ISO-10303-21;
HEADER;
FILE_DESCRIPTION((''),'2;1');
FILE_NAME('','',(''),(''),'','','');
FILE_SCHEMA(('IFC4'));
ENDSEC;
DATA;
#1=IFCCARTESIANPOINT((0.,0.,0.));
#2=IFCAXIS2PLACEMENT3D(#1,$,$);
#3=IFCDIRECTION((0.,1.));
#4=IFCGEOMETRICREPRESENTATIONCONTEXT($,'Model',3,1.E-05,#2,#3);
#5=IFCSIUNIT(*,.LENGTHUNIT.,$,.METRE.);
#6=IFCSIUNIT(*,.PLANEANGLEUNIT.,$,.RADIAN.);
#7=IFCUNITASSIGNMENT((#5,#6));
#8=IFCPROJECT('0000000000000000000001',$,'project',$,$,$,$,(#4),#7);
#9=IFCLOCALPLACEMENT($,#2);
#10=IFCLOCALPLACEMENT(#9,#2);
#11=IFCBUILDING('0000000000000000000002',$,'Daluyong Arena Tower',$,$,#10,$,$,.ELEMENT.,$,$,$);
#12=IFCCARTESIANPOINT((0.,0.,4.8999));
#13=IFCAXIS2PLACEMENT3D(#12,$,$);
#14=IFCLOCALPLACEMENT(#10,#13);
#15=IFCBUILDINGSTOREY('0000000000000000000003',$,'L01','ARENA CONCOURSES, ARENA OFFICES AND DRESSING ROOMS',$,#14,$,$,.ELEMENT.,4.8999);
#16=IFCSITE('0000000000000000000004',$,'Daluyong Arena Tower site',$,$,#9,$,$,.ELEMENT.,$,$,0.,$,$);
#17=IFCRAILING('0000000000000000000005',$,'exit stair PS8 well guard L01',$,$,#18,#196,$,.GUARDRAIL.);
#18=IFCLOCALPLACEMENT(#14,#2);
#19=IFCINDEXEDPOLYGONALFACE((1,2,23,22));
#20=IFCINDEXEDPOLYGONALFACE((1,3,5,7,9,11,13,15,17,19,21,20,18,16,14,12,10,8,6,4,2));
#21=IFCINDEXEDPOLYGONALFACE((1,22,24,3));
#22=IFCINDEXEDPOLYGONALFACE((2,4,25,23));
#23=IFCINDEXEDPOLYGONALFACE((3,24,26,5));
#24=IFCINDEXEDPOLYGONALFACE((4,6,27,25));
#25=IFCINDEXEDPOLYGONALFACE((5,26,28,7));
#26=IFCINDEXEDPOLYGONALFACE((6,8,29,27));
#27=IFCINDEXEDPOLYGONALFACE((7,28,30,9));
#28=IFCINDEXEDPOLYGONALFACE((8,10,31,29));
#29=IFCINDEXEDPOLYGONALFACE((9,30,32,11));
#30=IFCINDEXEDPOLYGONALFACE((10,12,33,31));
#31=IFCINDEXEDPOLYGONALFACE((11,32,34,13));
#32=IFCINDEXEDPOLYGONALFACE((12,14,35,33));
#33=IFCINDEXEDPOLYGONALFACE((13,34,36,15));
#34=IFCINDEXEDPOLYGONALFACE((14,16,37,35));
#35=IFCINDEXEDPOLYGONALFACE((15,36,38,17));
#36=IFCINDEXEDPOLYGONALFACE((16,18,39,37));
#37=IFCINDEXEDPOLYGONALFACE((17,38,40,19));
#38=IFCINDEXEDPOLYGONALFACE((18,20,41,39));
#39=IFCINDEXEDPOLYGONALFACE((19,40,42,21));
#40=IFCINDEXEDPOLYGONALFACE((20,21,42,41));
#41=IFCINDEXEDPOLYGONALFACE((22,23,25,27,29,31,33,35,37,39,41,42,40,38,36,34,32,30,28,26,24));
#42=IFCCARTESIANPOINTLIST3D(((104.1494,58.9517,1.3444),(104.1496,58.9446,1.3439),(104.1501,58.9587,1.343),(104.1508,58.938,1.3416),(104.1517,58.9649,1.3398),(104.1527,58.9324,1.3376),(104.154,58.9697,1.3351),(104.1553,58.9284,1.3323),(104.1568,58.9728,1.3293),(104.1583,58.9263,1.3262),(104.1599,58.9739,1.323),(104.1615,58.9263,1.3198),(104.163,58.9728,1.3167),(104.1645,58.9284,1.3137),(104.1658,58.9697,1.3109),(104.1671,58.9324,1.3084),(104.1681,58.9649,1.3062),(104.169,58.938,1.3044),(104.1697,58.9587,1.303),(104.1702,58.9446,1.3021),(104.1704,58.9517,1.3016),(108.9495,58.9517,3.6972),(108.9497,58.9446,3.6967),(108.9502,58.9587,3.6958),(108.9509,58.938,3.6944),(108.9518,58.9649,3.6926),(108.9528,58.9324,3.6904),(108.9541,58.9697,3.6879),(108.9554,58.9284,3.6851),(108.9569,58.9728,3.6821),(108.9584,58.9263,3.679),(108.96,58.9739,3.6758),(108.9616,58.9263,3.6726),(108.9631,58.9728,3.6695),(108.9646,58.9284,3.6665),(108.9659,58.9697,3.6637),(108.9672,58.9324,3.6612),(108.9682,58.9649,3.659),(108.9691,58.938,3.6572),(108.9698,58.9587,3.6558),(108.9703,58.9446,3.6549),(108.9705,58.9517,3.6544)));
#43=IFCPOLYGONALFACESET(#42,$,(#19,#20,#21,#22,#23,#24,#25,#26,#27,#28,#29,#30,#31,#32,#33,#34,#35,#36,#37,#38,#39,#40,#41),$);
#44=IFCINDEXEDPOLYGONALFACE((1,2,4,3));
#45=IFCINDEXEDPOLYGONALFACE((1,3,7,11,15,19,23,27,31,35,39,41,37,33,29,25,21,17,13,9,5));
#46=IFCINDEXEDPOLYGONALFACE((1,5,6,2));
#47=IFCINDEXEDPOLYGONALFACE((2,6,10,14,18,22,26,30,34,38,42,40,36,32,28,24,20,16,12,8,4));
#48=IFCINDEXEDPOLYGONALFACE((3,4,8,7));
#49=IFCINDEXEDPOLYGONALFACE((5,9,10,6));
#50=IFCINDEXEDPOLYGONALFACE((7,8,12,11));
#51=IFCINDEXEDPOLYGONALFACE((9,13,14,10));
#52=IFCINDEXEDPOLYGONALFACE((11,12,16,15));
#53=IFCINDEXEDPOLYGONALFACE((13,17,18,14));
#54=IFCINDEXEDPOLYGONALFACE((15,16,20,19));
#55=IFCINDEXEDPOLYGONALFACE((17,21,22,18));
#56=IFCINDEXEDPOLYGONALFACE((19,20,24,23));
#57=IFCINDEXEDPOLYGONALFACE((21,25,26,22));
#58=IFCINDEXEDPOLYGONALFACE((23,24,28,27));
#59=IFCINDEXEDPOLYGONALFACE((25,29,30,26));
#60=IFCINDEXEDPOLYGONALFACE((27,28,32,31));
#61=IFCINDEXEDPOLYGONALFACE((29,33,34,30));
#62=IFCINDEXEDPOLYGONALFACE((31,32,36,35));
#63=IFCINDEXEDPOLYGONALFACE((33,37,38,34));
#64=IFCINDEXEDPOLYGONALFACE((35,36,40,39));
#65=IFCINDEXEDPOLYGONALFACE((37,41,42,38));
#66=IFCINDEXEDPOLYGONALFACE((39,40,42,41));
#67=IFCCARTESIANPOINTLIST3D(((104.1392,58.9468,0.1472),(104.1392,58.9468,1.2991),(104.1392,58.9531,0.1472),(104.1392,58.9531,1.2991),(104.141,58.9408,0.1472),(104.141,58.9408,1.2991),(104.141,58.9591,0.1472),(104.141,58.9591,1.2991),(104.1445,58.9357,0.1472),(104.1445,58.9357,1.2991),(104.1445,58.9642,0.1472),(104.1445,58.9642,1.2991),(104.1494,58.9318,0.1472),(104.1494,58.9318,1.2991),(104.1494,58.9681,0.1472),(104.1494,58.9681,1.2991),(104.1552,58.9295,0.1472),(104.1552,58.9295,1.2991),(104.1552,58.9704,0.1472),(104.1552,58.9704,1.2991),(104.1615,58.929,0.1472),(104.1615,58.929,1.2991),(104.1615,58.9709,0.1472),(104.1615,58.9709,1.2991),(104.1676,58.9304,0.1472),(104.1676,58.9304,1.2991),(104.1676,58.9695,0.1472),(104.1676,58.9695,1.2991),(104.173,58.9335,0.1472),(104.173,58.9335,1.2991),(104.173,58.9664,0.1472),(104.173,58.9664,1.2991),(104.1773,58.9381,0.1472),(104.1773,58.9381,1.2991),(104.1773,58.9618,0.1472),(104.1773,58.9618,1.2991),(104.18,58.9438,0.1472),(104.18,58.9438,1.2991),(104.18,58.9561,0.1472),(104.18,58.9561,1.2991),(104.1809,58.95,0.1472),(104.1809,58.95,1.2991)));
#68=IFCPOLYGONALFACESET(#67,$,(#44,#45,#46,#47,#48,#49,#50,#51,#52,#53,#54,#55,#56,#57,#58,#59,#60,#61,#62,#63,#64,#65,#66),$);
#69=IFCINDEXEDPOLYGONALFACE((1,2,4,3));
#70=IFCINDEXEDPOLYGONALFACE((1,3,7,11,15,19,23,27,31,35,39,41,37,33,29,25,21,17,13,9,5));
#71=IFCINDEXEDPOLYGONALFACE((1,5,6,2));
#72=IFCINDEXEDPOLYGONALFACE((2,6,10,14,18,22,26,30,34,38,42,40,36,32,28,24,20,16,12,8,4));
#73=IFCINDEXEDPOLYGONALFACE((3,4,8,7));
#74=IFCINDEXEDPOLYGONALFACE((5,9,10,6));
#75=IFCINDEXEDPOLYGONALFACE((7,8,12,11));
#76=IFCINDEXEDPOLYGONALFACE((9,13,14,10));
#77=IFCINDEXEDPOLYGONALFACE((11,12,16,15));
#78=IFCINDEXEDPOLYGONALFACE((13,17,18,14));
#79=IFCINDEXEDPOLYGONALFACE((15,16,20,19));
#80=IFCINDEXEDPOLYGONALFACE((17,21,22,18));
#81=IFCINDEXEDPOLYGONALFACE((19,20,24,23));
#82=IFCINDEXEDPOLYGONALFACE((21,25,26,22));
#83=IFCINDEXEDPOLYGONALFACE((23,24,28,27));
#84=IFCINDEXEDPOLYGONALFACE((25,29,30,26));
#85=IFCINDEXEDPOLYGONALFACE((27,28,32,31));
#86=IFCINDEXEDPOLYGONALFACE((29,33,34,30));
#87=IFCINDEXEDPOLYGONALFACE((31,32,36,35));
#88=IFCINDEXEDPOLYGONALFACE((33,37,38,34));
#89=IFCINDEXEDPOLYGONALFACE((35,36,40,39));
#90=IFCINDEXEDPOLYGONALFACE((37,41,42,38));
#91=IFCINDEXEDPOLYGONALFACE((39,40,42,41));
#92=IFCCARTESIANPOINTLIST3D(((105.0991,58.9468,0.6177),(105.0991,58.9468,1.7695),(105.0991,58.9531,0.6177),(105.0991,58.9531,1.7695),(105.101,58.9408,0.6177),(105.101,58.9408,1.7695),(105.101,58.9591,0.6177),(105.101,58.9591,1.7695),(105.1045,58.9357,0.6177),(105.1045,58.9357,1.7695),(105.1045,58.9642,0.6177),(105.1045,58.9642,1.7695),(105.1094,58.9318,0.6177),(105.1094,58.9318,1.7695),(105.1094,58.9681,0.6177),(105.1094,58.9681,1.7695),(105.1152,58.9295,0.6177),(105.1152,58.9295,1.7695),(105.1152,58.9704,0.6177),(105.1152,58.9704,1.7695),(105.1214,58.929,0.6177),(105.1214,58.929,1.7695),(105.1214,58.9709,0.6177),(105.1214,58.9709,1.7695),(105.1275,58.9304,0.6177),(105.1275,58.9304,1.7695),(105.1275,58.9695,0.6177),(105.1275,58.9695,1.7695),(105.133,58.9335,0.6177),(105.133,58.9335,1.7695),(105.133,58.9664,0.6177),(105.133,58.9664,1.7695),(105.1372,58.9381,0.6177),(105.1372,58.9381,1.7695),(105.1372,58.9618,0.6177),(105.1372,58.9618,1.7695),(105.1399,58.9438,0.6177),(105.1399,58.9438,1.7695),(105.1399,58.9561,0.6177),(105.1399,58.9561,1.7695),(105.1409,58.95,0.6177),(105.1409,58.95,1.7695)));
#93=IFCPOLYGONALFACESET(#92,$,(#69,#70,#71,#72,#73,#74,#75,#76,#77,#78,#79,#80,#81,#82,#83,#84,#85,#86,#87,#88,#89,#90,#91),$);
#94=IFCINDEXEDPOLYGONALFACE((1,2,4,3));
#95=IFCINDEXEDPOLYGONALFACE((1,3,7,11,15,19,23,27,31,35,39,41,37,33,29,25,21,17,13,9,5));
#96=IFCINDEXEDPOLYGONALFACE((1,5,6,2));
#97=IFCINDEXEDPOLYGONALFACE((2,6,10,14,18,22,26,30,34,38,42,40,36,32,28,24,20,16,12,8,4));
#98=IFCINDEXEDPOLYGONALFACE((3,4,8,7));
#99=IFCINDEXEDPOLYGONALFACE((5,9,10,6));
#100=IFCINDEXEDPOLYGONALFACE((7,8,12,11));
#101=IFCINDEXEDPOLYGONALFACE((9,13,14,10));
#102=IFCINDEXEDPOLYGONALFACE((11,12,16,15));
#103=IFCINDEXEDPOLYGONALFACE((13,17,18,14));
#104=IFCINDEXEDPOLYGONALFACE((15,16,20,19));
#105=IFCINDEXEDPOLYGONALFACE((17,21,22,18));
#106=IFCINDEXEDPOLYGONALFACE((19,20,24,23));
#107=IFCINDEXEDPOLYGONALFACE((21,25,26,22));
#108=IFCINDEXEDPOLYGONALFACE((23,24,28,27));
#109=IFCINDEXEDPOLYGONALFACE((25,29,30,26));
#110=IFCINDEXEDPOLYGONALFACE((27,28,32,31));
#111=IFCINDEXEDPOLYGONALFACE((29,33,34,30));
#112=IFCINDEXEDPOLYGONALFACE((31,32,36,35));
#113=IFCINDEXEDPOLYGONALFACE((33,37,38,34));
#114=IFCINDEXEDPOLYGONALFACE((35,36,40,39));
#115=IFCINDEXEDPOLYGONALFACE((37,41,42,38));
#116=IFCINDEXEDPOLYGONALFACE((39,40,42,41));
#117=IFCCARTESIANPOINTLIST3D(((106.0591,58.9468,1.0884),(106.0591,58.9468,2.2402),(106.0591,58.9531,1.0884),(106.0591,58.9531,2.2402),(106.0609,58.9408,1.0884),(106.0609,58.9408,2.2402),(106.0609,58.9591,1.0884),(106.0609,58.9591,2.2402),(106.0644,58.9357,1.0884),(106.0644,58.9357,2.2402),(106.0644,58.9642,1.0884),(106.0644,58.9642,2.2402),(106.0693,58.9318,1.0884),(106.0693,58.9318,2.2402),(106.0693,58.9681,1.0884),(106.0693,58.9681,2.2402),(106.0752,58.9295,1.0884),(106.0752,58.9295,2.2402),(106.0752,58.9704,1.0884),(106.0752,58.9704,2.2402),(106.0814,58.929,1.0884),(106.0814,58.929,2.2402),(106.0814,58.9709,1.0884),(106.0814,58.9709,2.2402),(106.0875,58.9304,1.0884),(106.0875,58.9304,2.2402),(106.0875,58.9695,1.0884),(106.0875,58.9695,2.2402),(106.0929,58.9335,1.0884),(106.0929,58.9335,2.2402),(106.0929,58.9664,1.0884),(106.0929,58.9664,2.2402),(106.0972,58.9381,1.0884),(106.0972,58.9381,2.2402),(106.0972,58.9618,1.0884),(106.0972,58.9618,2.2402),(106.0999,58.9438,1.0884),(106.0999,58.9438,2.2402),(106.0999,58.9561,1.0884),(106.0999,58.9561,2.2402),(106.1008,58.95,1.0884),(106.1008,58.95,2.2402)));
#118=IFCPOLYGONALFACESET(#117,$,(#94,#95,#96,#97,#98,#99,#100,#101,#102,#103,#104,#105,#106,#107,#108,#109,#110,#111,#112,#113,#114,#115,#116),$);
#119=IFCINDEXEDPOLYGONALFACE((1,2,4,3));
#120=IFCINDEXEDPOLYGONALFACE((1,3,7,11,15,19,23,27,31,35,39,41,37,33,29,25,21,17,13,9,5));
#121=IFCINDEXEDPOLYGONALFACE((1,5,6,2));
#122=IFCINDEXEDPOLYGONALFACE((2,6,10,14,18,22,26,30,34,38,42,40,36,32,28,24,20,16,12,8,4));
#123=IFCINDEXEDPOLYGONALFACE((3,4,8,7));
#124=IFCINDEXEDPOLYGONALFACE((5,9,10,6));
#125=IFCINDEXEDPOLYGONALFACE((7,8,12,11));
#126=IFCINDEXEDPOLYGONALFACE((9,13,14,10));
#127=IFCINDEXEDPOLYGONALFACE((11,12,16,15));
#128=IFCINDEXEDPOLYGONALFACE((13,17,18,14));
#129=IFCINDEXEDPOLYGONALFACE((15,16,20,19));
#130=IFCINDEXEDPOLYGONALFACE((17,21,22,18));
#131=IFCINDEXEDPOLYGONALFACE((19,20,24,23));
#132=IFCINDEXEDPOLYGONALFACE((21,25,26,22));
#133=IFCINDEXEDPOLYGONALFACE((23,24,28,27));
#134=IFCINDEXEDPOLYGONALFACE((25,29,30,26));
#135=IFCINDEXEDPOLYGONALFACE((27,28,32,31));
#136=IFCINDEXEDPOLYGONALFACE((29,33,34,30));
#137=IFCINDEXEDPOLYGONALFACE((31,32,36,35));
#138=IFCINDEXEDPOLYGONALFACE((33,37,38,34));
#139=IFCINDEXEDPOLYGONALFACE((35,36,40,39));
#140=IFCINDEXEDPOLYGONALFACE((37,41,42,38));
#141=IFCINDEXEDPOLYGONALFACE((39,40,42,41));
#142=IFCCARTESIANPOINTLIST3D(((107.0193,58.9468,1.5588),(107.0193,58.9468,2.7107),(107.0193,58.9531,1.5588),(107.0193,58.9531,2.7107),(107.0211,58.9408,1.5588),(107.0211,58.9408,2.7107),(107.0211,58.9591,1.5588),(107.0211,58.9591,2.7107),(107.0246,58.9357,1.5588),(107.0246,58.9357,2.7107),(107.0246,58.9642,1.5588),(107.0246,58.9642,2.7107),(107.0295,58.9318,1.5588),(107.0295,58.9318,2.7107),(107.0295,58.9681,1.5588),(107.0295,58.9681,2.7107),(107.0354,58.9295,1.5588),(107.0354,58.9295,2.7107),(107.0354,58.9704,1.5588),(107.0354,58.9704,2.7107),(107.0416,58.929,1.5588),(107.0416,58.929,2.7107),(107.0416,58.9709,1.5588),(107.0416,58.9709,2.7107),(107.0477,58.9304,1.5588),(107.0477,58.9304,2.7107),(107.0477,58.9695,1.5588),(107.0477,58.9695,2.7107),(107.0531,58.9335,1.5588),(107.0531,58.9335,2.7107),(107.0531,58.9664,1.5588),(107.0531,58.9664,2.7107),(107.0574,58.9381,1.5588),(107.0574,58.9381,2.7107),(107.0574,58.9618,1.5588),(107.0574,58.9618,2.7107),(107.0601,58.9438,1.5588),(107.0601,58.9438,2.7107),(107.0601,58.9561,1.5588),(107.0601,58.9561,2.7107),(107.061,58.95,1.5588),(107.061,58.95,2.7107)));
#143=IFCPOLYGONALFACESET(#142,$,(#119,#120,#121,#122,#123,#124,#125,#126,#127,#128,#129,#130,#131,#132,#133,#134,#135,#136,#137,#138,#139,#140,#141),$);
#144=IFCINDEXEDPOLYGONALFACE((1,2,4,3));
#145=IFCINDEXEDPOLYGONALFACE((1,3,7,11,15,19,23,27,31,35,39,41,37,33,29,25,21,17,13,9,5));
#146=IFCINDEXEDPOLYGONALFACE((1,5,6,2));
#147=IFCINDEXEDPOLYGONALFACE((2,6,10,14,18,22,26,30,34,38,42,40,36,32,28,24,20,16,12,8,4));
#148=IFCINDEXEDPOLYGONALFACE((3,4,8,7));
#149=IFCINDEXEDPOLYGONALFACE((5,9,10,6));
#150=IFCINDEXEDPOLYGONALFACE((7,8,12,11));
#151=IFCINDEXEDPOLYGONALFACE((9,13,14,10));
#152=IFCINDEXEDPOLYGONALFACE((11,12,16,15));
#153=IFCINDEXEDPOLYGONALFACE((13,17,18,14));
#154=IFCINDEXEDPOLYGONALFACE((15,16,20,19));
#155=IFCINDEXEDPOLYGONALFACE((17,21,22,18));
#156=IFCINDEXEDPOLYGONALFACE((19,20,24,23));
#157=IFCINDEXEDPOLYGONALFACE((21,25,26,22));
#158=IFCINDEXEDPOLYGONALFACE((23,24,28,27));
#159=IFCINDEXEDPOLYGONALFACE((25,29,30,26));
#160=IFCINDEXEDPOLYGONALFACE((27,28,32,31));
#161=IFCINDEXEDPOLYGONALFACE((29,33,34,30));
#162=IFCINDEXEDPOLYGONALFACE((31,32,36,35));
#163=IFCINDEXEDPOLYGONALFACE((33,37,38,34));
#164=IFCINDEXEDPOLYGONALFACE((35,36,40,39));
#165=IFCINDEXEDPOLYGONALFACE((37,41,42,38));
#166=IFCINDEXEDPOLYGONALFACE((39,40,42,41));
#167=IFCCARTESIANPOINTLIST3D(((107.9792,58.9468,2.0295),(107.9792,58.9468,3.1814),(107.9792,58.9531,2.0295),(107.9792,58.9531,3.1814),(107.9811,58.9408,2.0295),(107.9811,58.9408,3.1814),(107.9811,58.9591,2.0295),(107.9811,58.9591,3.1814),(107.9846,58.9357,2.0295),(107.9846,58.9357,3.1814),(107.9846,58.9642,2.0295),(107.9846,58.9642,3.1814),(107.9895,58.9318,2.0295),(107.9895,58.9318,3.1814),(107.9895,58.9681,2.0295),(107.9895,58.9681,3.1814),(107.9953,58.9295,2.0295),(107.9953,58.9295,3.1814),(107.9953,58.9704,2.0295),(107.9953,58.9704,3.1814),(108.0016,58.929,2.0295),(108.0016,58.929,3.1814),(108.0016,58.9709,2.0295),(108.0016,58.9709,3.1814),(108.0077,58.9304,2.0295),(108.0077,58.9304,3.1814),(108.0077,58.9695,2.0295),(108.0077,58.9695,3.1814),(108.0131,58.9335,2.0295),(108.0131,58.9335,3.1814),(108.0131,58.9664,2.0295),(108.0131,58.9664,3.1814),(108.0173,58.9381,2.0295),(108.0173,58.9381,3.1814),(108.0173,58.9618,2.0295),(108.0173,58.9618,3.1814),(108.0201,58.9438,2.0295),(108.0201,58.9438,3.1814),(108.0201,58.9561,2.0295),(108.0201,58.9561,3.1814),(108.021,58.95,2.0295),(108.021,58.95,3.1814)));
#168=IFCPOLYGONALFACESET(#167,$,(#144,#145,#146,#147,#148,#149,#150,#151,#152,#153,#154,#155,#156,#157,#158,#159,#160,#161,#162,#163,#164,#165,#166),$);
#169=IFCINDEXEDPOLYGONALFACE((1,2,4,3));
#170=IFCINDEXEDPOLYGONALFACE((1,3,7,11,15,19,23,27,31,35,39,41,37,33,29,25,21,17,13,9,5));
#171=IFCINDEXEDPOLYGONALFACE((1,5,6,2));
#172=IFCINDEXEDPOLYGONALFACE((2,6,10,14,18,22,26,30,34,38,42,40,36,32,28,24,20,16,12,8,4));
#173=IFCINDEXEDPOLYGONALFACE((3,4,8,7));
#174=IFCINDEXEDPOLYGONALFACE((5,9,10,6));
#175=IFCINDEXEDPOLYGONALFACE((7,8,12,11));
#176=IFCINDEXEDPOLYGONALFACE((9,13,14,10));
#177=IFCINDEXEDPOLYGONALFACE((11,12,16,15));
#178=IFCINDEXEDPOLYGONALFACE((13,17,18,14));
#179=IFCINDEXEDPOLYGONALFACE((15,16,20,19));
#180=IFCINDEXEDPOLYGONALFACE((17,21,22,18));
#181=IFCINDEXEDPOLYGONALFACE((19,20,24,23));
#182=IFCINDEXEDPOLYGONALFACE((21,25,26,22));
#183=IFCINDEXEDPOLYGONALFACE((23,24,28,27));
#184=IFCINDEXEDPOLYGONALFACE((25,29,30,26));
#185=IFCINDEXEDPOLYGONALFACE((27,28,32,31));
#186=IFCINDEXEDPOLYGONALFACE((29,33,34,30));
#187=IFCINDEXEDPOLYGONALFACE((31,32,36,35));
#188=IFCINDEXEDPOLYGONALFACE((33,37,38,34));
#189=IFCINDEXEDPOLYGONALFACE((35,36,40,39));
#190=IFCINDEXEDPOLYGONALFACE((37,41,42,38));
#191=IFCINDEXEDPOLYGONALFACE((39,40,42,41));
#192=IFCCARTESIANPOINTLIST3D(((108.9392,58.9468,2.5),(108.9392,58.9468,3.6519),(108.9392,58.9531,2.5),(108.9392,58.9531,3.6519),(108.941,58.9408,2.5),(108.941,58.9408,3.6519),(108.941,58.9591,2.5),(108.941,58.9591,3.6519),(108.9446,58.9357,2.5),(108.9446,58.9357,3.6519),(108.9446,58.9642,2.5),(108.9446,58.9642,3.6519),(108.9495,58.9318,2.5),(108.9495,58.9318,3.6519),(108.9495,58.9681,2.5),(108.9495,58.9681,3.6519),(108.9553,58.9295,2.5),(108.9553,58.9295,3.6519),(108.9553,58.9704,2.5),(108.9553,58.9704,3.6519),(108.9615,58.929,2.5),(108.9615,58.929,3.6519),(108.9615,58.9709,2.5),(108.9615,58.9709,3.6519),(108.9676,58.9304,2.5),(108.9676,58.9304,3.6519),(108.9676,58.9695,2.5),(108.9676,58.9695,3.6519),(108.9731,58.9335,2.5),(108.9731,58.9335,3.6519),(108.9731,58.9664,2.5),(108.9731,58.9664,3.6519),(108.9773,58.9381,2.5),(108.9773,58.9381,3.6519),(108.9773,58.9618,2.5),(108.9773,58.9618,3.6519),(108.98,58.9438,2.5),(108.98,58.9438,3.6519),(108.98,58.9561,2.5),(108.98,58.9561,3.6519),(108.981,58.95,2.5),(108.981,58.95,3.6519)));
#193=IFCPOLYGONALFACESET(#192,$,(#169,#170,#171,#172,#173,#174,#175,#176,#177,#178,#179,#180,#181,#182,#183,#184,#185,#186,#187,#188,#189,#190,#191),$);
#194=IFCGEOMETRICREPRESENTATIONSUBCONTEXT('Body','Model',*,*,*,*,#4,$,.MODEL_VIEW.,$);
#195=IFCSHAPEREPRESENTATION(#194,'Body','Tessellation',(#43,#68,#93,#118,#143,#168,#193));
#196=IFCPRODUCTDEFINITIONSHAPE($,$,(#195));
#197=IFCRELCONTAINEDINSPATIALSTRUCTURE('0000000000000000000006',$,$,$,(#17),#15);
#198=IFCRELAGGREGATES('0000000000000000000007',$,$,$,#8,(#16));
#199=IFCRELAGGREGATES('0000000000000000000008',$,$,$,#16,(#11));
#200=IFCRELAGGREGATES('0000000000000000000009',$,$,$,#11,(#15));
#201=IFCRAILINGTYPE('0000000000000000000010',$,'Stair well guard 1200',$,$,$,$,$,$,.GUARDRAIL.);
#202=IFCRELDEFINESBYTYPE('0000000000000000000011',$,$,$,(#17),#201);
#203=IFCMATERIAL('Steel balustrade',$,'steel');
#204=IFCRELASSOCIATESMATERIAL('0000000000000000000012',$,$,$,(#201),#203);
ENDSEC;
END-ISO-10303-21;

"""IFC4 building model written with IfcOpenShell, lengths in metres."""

from ifc_helpers import new_model, si_unit, direction, frame, origin, origin_2d, place, context, subcontext, project, spatial, circle, extrude, material, type_object, element, save


model = new_model("IFC4")

# Units and contexts
model_context = context("Model", 3, precision=1e-05, world=origin(), true_north=direction((0.0, 1.0)))
body_context = subcontext(model_context, "Body", "Model", "MODEL_VIEW")
ifc_project = project(units=[si_unit("LENGTHUNIT", "METRE"), si_unit("PLANEANGLEUNIT", "RADIAN")], contexts=[model_context])

# Site, building, storey
site_placement = place(None, origin())
site = spatial("IfcSite", under=ifc_project, at=site_placement, Name="Daluyong Arena Tower site", CompositionType="ELEMENT", RefElevation=0.0)
building_placement = place(site_placement, origin())
building = spatial("IfcBuilding", under=site, at=building_placement, Name="Daluyong Arena Tower", CompositionType="ELEMENT")
storey_placement = place(building_placement, frame((0.0, 0.0, 4.8999)))
storey = spatial("IfcBuildingStorey", under=building, at=storey_placement, Name="L01", Description="ARENA CONCOURSES, ARENA OFFICES AND DRESSING ROOMS", CompositionType="ELEMENT", Elevation=4.8999)

# Railing
ifc_material_1 = material(Name="Steel balustrade", Category="steel")
railing_type_1 = type_object("IfcRailingType", Name="Stair well guard 1200", PredefinedType="GUARDRAIL", material=ifc_material_1)
railing_1_placement = place(storey_placement, frame((104.1599, 58.95, 0.1472)))
element("IfcRailing", 1, at=railing_1_placement, inside=storey, type_object=railing_type_1, Name="exit stair PS8 well guard L01", PredefinedType="GUARDRAIL", context=body_context, shape_type="SweptSolid", body=[
    extrude(circle(Radius=0.0239, at=origin_2d()), frame((0.0, 0.0, 1.1758), z_axis=(0.897934, 0.0, 0.44013), x_axis=(0.0, 1.0, 0.0)), (0.0, 0.0, 1.0), 5.3457),
    extrude(circle(Radius=0.021, at=origin_2d()), origin(), (0.0, 0.0, 1.0), 1.1519),
    extrude(circle(Radius=0.021, at=origin_2d()), frame((0.96, 0.0, 0.4705)), (0.0, 0.0, 1.0), 1.1519),
    extrude(circle(Radius=0.021, at=origin_2d()), frame((1.9199, 0.0, 0.9412)), (0.0, 0.0, 1.0), 1.1519),
    extrude(circle(Radius=0.021, at=origin_2d()), frame((2.8801, 0.0, 1.4116)), (0.0, 0.0, 1.0), 1.1519),
    extrude(circle(Radius=0.021, at=origin_2d()), frame((3.8401, 0.0, 1.8823)), (0.0, 0.0, 1.0), 1.1519),
    extrude(circle(Radius=0.021, at=origin_2d()), frame((4.8, 0.0, 2.3528)), (0.0, 0.0, 1.0), 1.1519),
])

save(model, "model.ifc")
